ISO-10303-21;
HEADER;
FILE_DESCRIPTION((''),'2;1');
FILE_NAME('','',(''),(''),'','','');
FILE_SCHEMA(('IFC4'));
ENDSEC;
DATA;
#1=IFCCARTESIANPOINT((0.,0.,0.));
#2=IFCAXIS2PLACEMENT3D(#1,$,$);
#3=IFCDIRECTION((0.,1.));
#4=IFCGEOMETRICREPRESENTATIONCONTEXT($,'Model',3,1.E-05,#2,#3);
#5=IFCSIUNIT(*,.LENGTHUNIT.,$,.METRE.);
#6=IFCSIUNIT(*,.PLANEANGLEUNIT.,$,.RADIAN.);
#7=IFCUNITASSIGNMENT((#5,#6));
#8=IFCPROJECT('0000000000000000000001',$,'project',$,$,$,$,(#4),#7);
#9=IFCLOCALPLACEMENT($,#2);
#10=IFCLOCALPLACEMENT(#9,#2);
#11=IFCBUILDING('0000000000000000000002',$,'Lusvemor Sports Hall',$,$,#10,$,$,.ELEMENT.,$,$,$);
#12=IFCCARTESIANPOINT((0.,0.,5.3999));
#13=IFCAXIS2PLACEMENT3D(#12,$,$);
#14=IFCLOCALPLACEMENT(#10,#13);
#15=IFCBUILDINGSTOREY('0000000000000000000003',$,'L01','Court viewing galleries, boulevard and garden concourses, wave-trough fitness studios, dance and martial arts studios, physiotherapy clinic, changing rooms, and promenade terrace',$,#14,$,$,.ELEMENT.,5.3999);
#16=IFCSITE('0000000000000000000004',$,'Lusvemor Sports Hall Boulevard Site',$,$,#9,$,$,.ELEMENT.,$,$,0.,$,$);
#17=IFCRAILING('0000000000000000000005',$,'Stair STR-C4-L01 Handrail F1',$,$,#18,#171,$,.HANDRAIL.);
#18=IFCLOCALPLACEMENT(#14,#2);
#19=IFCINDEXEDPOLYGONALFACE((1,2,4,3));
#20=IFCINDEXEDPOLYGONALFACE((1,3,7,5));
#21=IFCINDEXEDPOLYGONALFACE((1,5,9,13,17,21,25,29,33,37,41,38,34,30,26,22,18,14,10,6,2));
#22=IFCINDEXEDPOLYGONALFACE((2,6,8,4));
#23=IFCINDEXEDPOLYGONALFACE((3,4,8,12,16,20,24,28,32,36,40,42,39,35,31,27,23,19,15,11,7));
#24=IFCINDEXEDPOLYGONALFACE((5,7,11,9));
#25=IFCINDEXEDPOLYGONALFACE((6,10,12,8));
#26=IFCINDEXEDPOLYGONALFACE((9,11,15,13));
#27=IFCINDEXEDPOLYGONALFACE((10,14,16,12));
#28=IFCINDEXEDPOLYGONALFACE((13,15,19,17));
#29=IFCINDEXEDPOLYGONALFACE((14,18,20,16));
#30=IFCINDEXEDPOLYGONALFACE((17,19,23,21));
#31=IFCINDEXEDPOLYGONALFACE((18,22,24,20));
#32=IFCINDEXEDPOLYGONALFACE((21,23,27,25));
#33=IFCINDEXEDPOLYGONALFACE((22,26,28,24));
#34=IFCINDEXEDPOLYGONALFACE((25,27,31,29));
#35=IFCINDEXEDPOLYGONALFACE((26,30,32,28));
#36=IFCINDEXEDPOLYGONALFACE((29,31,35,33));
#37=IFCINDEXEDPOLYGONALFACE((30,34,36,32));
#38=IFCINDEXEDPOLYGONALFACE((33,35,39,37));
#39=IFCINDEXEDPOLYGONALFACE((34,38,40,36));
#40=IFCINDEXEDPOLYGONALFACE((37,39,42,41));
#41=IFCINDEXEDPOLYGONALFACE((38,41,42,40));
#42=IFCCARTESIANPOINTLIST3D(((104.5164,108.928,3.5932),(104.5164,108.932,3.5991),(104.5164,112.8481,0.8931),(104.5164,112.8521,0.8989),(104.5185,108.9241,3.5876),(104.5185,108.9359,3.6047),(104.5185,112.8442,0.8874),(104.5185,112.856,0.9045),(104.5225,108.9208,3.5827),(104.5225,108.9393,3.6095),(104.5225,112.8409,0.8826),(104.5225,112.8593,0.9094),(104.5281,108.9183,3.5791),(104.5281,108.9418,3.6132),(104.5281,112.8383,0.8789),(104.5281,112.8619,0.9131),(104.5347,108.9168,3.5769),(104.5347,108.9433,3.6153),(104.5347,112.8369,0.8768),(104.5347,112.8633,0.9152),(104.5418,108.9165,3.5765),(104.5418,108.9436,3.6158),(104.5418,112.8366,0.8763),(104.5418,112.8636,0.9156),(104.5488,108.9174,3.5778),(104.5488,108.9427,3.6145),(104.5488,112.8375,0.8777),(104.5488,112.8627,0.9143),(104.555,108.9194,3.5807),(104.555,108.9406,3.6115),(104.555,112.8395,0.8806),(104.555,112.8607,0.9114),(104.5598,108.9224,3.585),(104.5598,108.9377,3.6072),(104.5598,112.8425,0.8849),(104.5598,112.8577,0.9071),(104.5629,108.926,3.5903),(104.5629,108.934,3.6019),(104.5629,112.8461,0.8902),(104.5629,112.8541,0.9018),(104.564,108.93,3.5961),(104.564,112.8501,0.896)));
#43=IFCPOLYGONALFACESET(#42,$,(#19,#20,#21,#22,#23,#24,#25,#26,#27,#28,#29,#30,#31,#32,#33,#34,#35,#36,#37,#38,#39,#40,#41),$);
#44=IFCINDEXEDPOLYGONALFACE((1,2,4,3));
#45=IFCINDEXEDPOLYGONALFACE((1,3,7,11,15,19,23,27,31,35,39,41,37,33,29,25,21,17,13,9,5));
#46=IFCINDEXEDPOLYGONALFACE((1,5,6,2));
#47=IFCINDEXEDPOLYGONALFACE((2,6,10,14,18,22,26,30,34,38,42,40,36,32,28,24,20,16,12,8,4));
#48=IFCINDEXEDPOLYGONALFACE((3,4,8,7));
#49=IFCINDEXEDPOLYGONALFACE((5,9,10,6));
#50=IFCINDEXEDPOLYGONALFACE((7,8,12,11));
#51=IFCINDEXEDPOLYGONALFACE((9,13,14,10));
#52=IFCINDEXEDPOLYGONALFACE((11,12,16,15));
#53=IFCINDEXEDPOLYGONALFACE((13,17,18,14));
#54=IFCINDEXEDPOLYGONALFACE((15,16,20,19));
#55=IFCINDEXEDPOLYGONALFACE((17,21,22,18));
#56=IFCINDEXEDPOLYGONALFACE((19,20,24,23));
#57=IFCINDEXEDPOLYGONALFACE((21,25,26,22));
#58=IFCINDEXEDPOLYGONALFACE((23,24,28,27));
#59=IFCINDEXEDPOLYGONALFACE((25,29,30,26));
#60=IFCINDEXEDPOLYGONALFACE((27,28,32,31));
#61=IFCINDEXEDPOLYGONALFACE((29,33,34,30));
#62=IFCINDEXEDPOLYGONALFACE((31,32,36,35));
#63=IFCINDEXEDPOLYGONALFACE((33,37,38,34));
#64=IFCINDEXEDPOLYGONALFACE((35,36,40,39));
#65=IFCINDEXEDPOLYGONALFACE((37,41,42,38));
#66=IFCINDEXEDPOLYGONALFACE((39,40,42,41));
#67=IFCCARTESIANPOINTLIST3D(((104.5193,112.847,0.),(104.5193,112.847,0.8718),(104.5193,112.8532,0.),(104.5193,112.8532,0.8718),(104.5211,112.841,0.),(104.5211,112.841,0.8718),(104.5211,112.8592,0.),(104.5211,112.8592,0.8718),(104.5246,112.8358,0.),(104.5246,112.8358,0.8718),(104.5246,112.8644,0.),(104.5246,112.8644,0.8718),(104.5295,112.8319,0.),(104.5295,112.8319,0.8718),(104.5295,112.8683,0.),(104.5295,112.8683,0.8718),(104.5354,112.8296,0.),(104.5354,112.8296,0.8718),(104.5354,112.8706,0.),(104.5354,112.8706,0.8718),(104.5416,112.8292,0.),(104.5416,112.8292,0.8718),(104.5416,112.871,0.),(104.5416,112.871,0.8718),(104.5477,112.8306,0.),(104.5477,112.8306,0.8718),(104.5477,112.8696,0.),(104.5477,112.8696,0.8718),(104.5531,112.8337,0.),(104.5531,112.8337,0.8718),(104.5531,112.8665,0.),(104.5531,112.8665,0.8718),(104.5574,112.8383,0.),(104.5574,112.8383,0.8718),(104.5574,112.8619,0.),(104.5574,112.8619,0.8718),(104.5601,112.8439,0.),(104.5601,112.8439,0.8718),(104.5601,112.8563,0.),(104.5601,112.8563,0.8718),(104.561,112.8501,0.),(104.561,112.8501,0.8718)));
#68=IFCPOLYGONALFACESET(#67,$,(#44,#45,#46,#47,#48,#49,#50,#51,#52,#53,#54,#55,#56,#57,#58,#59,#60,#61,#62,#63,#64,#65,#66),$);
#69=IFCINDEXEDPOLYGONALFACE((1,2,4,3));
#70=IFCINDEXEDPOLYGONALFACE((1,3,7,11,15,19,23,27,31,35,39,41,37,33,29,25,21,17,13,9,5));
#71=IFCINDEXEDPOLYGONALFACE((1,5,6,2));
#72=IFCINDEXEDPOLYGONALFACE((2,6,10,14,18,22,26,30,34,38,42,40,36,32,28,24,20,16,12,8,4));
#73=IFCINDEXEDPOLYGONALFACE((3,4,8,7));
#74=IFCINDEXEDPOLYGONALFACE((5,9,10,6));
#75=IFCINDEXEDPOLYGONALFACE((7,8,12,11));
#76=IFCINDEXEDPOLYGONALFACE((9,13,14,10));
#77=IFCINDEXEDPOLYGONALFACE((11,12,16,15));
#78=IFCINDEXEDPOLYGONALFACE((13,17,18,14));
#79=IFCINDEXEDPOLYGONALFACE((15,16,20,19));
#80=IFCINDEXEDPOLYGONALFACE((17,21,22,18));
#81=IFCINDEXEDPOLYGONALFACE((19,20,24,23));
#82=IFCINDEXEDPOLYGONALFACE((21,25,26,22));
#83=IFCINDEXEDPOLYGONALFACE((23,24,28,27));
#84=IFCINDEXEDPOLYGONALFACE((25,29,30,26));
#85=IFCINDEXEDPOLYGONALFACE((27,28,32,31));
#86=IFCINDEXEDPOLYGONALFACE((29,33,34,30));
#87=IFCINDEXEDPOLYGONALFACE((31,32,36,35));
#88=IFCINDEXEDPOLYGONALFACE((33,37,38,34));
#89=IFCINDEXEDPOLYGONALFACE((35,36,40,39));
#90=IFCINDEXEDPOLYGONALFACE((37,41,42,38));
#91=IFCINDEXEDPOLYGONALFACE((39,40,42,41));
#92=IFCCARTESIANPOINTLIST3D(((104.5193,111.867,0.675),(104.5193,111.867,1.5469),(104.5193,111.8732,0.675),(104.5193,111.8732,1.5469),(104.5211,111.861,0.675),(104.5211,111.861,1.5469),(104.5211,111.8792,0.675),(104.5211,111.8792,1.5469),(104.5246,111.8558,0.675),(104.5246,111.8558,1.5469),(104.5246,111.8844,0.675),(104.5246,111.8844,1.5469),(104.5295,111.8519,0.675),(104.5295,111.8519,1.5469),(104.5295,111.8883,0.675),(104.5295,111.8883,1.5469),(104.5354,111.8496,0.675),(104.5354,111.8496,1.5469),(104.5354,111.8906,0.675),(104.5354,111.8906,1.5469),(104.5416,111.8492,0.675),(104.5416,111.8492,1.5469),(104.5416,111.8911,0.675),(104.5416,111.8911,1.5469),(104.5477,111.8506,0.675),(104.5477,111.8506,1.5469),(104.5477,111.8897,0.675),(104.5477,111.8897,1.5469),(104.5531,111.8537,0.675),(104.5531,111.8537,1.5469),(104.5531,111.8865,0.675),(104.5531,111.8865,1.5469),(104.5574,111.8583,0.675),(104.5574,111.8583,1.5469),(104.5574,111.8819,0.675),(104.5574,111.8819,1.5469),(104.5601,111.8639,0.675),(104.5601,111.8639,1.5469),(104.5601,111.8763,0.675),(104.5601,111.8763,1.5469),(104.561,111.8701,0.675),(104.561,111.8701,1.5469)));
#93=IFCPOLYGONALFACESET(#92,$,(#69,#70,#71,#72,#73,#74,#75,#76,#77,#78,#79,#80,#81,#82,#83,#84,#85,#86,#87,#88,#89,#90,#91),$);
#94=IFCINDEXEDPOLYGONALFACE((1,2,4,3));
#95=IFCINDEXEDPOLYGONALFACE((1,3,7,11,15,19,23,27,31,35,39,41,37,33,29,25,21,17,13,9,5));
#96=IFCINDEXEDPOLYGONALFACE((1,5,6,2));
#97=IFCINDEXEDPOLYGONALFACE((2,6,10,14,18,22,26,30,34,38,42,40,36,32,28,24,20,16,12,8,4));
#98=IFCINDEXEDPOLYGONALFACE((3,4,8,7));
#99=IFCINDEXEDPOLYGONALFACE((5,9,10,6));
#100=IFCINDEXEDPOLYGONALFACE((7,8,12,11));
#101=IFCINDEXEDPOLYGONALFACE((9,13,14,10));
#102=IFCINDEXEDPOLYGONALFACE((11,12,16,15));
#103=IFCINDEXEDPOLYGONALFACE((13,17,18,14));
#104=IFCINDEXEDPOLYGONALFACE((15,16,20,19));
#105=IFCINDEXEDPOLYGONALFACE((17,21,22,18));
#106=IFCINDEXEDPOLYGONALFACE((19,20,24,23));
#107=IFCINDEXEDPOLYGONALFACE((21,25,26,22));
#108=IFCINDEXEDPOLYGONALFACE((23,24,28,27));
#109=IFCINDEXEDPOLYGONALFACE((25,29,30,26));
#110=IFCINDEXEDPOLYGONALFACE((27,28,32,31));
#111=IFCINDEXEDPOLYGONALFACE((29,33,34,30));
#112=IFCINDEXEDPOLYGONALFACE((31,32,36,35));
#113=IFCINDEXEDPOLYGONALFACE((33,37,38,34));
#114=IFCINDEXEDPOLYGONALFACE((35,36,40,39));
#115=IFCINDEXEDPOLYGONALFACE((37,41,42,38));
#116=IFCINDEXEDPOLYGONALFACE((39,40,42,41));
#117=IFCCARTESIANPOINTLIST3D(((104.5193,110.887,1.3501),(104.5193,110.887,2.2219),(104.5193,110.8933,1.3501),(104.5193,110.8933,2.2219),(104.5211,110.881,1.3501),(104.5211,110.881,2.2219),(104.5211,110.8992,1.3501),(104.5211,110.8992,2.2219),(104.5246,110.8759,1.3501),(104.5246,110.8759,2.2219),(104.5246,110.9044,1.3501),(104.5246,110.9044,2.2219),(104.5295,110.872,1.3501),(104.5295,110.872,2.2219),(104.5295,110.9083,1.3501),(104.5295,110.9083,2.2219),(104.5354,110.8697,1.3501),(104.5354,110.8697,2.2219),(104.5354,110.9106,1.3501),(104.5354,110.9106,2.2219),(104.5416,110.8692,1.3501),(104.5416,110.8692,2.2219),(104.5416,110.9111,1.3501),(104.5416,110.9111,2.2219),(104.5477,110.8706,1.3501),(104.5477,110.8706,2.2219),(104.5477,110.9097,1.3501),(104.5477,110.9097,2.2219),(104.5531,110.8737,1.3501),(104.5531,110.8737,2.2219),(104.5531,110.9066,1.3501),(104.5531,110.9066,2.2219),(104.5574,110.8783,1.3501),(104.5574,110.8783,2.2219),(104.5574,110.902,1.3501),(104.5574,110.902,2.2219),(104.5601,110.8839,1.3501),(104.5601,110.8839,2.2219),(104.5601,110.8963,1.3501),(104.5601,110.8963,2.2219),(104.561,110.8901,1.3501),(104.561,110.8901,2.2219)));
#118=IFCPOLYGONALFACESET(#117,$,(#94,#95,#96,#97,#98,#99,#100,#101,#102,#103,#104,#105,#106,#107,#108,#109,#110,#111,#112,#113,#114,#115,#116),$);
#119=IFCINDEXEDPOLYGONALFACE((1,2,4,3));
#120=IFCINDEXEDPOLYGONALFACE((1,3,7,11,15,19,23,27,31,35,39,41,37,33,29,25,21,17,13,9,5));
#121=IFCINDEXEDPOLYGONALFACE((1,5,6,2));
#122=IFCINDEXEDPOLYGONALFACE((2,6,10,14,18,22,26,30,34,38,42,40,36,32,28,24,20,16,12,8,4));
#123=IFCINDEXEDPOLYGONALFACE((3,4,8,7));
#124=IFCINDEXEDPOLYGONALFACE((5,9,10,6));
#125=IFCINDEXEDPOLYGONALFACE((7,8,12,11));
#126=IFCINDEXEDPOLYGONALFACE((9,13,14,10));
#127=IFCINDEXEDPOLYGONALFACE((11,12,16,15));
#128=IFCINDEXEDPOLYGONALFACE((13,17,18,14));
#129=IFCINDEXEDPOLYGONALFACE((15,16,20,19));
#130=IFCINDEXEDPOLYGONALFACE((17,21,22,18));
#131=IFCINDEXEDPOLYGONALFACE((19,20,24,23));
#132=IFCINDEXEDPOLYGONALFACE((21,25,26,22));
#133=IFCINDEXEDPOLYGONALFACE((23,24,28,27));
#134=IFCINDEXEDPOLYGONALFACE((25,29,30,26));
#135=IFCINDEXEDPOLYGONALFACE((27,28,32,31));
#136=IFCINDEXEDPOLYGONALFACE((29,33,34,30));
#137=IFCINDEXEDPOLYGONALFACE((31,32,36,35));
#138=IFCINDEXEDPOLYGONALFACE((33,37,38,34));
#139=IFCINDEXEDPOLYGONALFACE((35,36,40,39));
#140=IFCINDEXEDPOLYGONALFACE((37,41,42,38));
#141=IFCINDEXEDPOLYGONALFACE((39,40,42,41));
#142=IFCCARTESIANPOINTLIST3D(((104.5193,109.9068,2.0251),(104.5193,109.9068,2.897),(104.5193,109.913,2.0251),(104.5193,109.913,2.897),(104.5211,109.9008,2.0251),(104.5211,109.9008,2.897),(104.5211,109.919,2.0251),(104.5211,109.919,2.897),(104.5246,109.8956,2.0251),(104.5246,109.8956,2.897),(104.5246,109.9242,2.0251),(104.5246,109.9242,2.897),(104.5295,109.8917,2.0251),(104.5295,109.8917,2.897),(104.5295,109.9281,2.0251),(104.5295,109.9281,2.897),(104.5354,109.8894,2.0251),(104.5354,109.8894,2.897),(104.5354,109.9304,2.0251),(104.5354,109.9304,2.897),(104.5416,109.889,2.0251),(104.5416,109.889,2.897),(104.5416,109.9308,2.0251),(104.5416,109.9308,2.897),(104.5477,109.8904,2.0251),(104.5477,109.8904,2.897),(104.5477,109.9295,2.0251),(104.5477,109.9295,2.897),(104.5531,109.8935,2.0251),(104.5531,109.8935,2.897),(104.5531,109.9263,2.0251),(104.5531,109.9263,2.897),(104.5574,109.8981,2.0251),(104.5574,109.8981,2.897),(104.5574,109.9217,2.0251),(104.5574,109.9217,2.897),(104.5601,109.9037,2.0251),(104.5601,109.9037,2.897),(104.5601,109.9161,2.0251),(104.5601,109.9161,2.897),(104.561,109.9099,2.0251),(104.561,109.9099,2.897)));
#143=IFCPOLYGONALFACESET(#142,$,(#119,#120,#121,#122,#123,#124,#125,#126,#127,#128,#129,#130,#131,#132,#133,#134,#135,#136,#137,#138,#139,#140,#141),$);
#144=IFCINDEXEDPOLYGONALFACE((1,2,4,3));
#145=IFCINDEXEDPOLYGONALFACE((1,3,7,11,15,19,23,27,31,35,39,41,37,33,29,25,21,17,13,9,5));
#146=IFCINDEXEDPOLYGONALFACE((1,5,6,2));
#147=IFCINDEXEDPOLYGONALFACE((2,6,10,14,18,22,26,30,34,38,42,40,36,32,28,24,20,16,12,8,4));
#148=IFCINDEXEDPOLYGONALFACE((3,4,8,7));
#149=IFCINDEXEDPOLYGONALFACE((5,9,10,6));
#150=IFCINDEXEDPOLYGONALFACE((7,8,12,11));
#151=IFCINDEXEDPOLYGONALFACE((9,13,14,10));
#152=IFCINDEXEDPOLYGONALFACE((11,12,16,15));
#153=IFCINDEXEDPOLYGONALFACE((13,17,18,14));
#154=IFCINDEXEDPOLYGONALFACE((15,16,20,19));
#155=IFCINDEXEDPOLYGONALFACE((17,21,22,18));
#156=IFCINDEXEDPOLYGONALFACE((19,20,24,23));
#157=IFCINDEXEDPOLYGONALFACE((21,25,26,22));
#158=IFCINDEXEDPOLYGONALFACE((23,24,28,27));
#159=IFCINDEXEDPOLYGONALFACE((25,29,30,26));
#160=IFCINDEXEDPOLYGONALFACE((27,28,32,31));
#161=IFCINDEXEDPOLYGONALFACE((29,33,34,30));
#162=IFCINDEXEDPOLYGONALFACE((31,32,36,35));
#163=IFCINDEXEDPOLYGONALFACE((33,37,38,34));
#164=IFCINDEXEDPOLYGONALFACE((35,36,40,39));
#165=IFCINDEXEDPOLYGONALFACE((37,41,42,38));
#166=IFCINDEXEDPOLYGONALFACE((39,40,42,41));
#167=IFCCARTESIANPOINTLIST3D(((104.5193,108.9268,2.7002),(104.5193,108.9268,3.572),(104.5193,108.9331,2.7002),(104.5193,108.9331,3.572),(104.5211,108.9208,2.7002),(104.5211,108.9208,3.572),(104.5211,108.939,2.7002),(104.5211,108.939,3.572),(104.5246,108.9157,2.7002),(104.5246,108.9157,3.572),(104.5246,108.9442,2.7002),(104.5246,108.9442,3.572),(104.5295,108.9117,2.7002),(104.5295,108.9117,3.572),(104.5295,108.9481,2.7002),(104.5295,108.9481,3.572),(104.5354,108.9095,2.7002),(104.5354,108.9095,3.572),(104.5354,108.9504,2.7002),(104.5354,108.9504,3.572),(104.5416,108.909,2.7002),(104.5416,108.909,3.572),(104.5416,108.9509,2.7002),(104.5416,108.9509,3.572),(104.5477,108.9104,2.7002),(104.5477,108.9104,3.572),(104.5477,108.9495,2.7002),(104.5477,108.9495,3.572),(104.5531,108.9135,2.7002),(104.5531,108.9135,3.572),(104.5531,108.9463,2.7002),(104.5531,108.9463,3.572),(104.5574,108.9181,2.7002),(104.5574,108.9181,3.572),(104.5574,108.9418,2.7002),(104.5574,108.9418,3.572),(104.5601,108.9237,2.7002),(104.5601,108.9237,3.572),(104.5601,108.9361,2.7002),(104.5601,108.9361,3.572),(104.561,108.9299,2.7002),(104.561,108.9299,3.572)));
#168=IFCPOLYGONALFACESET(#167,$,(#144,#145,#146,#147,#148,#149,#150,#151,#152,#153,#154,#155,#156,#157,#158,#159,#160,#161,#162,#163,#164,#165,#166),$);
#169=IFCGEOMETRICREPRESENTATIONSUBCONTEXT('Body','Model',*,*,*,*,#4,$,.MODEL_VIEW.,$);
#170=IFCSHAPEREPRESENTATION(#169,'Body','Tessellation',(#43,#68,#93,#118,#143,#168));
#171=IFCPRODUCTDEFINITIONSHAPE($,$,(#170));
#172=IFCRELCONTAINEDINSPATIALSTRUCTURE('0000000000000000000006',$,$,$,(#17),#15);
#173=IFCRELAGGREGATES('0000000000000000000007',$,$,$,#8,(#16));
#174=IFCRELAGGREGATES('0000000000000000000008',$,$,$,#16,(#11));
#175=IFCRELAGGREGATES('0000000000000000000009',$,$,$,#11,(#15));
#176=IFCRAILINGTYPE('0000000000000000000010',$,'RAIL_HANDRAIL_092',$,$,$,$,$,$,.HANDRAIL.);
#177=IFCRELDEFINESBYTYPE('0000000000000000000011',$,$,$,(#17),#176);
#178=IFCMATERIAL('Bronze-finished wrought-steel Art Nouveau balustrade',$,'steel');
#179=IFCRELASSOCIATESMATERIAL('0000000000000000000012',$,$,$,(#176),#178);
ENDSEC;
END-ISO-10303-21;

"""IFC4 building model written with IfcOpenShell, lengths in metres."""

from ifc_helpers import new_model, si_unit, direction, frame, origin, origin_2d, place, context, subcontext, project, spatial, circle, extrude, material, type_object, element, save


model = new_model("IFC4")

# Units and contexts
model_context = context("Model", 3, precision=1e-05, world=origin(), true_north=direction((0.0, 1.0)))
body_context = subcontext(model_context, "Body", "Model", "MODEL_VIEW")
ifc_project = project(units=[si_unit("LENGTHUNIT", "METRE"), si_unit("PLANEANGLEUNIT", "RADIAN")], contexts=[model_context])

# Site, building, storey
site_placement = place(None, origin())
site = spatial("IfcSite", under=ifc_project, at=site_placement, Name="Lusvemor Sports Hall Boulevard Site", CompositionType="ELEMENT", RefElevation=0.0)
building_placement = place(site_placement, origin())
building = spatial("IfcBuilding", under=site, at=building_placement, Name="Lusvemor Sports Hall", CompositionType="ELEMENT")
storey_placement = place(building_placement, frame((0.0, 0.0, 5.3999)))
storey = spatial("IfcBuildingStorey", under=building, at=storey_placement, Name="L01", Description="Court viewing galleries, boulevard and garden concourses, wave-trough fitness studios, dance and martial arts studios, physiotherapy clinic, changing rooms, and promenade terrace", CompositionType="ELEMENT", Elevation=5.3999)

# Railing
ifc_material_1 = material(Name="Bronze-finished wrought-steel Art Nouveau balustrade", Category="steel")
railing_type_1 = type_object("IfcRailingType", Name="RAIL_HANDRAIL_092", PredefinedType="HANDRAIL", material=ifc_material_1)
railing_1_placement = place(storey_placement, frame((104.54, 112.8501, 0.0)))
element("IfcRailing", 1, at=railing_1_placement, inside=storey, type_object=railing_type_1, Name="Stair STR-C4-L01 Handrail F1", PredefinedType="HANDRAIL", context=body_context, shape_type="SweptSolid", body=[
    extrude(circle(Radius=0.0239, at=origin_2d()), frame((0.0, 0.0, 0.896), z_axis=(0.0, -0.823543, 0.567253), x_axis=(1.0, 0.0, 0.0)), (0.0, 0.0, 1.0), 4.76),
    extrude(circle(Radius=0.021, at=origin_2d()), origin(), (0.0, 0.0, 1.0), 0.8718),
    extrude(circle(Radius=0.021, at=origin_2d()), frame((0.0, -0.98, 0.675)), (0.0, 0.0, 1.0), 0.8718),
    extrude(circle(Radius=0.021, at=origin_2d()), frame((0.0, -1.96, 1.3501)), (0.0, 0.0, 1.0), 0.8718),
    extrude(circle(Radius=0.021, at=origin_2d()), frame((0.0, -2.9402, 2.0251)), (0.0, 0.0, 1.0), 0.8718),
    extrude(circle(Radius=0.021, at=origin_2d()), frame((0.0, -3.9202, 2.7002)), (0.0, 0.0, 1.0), 0.8718),
])

save(model, "model.ifc")
